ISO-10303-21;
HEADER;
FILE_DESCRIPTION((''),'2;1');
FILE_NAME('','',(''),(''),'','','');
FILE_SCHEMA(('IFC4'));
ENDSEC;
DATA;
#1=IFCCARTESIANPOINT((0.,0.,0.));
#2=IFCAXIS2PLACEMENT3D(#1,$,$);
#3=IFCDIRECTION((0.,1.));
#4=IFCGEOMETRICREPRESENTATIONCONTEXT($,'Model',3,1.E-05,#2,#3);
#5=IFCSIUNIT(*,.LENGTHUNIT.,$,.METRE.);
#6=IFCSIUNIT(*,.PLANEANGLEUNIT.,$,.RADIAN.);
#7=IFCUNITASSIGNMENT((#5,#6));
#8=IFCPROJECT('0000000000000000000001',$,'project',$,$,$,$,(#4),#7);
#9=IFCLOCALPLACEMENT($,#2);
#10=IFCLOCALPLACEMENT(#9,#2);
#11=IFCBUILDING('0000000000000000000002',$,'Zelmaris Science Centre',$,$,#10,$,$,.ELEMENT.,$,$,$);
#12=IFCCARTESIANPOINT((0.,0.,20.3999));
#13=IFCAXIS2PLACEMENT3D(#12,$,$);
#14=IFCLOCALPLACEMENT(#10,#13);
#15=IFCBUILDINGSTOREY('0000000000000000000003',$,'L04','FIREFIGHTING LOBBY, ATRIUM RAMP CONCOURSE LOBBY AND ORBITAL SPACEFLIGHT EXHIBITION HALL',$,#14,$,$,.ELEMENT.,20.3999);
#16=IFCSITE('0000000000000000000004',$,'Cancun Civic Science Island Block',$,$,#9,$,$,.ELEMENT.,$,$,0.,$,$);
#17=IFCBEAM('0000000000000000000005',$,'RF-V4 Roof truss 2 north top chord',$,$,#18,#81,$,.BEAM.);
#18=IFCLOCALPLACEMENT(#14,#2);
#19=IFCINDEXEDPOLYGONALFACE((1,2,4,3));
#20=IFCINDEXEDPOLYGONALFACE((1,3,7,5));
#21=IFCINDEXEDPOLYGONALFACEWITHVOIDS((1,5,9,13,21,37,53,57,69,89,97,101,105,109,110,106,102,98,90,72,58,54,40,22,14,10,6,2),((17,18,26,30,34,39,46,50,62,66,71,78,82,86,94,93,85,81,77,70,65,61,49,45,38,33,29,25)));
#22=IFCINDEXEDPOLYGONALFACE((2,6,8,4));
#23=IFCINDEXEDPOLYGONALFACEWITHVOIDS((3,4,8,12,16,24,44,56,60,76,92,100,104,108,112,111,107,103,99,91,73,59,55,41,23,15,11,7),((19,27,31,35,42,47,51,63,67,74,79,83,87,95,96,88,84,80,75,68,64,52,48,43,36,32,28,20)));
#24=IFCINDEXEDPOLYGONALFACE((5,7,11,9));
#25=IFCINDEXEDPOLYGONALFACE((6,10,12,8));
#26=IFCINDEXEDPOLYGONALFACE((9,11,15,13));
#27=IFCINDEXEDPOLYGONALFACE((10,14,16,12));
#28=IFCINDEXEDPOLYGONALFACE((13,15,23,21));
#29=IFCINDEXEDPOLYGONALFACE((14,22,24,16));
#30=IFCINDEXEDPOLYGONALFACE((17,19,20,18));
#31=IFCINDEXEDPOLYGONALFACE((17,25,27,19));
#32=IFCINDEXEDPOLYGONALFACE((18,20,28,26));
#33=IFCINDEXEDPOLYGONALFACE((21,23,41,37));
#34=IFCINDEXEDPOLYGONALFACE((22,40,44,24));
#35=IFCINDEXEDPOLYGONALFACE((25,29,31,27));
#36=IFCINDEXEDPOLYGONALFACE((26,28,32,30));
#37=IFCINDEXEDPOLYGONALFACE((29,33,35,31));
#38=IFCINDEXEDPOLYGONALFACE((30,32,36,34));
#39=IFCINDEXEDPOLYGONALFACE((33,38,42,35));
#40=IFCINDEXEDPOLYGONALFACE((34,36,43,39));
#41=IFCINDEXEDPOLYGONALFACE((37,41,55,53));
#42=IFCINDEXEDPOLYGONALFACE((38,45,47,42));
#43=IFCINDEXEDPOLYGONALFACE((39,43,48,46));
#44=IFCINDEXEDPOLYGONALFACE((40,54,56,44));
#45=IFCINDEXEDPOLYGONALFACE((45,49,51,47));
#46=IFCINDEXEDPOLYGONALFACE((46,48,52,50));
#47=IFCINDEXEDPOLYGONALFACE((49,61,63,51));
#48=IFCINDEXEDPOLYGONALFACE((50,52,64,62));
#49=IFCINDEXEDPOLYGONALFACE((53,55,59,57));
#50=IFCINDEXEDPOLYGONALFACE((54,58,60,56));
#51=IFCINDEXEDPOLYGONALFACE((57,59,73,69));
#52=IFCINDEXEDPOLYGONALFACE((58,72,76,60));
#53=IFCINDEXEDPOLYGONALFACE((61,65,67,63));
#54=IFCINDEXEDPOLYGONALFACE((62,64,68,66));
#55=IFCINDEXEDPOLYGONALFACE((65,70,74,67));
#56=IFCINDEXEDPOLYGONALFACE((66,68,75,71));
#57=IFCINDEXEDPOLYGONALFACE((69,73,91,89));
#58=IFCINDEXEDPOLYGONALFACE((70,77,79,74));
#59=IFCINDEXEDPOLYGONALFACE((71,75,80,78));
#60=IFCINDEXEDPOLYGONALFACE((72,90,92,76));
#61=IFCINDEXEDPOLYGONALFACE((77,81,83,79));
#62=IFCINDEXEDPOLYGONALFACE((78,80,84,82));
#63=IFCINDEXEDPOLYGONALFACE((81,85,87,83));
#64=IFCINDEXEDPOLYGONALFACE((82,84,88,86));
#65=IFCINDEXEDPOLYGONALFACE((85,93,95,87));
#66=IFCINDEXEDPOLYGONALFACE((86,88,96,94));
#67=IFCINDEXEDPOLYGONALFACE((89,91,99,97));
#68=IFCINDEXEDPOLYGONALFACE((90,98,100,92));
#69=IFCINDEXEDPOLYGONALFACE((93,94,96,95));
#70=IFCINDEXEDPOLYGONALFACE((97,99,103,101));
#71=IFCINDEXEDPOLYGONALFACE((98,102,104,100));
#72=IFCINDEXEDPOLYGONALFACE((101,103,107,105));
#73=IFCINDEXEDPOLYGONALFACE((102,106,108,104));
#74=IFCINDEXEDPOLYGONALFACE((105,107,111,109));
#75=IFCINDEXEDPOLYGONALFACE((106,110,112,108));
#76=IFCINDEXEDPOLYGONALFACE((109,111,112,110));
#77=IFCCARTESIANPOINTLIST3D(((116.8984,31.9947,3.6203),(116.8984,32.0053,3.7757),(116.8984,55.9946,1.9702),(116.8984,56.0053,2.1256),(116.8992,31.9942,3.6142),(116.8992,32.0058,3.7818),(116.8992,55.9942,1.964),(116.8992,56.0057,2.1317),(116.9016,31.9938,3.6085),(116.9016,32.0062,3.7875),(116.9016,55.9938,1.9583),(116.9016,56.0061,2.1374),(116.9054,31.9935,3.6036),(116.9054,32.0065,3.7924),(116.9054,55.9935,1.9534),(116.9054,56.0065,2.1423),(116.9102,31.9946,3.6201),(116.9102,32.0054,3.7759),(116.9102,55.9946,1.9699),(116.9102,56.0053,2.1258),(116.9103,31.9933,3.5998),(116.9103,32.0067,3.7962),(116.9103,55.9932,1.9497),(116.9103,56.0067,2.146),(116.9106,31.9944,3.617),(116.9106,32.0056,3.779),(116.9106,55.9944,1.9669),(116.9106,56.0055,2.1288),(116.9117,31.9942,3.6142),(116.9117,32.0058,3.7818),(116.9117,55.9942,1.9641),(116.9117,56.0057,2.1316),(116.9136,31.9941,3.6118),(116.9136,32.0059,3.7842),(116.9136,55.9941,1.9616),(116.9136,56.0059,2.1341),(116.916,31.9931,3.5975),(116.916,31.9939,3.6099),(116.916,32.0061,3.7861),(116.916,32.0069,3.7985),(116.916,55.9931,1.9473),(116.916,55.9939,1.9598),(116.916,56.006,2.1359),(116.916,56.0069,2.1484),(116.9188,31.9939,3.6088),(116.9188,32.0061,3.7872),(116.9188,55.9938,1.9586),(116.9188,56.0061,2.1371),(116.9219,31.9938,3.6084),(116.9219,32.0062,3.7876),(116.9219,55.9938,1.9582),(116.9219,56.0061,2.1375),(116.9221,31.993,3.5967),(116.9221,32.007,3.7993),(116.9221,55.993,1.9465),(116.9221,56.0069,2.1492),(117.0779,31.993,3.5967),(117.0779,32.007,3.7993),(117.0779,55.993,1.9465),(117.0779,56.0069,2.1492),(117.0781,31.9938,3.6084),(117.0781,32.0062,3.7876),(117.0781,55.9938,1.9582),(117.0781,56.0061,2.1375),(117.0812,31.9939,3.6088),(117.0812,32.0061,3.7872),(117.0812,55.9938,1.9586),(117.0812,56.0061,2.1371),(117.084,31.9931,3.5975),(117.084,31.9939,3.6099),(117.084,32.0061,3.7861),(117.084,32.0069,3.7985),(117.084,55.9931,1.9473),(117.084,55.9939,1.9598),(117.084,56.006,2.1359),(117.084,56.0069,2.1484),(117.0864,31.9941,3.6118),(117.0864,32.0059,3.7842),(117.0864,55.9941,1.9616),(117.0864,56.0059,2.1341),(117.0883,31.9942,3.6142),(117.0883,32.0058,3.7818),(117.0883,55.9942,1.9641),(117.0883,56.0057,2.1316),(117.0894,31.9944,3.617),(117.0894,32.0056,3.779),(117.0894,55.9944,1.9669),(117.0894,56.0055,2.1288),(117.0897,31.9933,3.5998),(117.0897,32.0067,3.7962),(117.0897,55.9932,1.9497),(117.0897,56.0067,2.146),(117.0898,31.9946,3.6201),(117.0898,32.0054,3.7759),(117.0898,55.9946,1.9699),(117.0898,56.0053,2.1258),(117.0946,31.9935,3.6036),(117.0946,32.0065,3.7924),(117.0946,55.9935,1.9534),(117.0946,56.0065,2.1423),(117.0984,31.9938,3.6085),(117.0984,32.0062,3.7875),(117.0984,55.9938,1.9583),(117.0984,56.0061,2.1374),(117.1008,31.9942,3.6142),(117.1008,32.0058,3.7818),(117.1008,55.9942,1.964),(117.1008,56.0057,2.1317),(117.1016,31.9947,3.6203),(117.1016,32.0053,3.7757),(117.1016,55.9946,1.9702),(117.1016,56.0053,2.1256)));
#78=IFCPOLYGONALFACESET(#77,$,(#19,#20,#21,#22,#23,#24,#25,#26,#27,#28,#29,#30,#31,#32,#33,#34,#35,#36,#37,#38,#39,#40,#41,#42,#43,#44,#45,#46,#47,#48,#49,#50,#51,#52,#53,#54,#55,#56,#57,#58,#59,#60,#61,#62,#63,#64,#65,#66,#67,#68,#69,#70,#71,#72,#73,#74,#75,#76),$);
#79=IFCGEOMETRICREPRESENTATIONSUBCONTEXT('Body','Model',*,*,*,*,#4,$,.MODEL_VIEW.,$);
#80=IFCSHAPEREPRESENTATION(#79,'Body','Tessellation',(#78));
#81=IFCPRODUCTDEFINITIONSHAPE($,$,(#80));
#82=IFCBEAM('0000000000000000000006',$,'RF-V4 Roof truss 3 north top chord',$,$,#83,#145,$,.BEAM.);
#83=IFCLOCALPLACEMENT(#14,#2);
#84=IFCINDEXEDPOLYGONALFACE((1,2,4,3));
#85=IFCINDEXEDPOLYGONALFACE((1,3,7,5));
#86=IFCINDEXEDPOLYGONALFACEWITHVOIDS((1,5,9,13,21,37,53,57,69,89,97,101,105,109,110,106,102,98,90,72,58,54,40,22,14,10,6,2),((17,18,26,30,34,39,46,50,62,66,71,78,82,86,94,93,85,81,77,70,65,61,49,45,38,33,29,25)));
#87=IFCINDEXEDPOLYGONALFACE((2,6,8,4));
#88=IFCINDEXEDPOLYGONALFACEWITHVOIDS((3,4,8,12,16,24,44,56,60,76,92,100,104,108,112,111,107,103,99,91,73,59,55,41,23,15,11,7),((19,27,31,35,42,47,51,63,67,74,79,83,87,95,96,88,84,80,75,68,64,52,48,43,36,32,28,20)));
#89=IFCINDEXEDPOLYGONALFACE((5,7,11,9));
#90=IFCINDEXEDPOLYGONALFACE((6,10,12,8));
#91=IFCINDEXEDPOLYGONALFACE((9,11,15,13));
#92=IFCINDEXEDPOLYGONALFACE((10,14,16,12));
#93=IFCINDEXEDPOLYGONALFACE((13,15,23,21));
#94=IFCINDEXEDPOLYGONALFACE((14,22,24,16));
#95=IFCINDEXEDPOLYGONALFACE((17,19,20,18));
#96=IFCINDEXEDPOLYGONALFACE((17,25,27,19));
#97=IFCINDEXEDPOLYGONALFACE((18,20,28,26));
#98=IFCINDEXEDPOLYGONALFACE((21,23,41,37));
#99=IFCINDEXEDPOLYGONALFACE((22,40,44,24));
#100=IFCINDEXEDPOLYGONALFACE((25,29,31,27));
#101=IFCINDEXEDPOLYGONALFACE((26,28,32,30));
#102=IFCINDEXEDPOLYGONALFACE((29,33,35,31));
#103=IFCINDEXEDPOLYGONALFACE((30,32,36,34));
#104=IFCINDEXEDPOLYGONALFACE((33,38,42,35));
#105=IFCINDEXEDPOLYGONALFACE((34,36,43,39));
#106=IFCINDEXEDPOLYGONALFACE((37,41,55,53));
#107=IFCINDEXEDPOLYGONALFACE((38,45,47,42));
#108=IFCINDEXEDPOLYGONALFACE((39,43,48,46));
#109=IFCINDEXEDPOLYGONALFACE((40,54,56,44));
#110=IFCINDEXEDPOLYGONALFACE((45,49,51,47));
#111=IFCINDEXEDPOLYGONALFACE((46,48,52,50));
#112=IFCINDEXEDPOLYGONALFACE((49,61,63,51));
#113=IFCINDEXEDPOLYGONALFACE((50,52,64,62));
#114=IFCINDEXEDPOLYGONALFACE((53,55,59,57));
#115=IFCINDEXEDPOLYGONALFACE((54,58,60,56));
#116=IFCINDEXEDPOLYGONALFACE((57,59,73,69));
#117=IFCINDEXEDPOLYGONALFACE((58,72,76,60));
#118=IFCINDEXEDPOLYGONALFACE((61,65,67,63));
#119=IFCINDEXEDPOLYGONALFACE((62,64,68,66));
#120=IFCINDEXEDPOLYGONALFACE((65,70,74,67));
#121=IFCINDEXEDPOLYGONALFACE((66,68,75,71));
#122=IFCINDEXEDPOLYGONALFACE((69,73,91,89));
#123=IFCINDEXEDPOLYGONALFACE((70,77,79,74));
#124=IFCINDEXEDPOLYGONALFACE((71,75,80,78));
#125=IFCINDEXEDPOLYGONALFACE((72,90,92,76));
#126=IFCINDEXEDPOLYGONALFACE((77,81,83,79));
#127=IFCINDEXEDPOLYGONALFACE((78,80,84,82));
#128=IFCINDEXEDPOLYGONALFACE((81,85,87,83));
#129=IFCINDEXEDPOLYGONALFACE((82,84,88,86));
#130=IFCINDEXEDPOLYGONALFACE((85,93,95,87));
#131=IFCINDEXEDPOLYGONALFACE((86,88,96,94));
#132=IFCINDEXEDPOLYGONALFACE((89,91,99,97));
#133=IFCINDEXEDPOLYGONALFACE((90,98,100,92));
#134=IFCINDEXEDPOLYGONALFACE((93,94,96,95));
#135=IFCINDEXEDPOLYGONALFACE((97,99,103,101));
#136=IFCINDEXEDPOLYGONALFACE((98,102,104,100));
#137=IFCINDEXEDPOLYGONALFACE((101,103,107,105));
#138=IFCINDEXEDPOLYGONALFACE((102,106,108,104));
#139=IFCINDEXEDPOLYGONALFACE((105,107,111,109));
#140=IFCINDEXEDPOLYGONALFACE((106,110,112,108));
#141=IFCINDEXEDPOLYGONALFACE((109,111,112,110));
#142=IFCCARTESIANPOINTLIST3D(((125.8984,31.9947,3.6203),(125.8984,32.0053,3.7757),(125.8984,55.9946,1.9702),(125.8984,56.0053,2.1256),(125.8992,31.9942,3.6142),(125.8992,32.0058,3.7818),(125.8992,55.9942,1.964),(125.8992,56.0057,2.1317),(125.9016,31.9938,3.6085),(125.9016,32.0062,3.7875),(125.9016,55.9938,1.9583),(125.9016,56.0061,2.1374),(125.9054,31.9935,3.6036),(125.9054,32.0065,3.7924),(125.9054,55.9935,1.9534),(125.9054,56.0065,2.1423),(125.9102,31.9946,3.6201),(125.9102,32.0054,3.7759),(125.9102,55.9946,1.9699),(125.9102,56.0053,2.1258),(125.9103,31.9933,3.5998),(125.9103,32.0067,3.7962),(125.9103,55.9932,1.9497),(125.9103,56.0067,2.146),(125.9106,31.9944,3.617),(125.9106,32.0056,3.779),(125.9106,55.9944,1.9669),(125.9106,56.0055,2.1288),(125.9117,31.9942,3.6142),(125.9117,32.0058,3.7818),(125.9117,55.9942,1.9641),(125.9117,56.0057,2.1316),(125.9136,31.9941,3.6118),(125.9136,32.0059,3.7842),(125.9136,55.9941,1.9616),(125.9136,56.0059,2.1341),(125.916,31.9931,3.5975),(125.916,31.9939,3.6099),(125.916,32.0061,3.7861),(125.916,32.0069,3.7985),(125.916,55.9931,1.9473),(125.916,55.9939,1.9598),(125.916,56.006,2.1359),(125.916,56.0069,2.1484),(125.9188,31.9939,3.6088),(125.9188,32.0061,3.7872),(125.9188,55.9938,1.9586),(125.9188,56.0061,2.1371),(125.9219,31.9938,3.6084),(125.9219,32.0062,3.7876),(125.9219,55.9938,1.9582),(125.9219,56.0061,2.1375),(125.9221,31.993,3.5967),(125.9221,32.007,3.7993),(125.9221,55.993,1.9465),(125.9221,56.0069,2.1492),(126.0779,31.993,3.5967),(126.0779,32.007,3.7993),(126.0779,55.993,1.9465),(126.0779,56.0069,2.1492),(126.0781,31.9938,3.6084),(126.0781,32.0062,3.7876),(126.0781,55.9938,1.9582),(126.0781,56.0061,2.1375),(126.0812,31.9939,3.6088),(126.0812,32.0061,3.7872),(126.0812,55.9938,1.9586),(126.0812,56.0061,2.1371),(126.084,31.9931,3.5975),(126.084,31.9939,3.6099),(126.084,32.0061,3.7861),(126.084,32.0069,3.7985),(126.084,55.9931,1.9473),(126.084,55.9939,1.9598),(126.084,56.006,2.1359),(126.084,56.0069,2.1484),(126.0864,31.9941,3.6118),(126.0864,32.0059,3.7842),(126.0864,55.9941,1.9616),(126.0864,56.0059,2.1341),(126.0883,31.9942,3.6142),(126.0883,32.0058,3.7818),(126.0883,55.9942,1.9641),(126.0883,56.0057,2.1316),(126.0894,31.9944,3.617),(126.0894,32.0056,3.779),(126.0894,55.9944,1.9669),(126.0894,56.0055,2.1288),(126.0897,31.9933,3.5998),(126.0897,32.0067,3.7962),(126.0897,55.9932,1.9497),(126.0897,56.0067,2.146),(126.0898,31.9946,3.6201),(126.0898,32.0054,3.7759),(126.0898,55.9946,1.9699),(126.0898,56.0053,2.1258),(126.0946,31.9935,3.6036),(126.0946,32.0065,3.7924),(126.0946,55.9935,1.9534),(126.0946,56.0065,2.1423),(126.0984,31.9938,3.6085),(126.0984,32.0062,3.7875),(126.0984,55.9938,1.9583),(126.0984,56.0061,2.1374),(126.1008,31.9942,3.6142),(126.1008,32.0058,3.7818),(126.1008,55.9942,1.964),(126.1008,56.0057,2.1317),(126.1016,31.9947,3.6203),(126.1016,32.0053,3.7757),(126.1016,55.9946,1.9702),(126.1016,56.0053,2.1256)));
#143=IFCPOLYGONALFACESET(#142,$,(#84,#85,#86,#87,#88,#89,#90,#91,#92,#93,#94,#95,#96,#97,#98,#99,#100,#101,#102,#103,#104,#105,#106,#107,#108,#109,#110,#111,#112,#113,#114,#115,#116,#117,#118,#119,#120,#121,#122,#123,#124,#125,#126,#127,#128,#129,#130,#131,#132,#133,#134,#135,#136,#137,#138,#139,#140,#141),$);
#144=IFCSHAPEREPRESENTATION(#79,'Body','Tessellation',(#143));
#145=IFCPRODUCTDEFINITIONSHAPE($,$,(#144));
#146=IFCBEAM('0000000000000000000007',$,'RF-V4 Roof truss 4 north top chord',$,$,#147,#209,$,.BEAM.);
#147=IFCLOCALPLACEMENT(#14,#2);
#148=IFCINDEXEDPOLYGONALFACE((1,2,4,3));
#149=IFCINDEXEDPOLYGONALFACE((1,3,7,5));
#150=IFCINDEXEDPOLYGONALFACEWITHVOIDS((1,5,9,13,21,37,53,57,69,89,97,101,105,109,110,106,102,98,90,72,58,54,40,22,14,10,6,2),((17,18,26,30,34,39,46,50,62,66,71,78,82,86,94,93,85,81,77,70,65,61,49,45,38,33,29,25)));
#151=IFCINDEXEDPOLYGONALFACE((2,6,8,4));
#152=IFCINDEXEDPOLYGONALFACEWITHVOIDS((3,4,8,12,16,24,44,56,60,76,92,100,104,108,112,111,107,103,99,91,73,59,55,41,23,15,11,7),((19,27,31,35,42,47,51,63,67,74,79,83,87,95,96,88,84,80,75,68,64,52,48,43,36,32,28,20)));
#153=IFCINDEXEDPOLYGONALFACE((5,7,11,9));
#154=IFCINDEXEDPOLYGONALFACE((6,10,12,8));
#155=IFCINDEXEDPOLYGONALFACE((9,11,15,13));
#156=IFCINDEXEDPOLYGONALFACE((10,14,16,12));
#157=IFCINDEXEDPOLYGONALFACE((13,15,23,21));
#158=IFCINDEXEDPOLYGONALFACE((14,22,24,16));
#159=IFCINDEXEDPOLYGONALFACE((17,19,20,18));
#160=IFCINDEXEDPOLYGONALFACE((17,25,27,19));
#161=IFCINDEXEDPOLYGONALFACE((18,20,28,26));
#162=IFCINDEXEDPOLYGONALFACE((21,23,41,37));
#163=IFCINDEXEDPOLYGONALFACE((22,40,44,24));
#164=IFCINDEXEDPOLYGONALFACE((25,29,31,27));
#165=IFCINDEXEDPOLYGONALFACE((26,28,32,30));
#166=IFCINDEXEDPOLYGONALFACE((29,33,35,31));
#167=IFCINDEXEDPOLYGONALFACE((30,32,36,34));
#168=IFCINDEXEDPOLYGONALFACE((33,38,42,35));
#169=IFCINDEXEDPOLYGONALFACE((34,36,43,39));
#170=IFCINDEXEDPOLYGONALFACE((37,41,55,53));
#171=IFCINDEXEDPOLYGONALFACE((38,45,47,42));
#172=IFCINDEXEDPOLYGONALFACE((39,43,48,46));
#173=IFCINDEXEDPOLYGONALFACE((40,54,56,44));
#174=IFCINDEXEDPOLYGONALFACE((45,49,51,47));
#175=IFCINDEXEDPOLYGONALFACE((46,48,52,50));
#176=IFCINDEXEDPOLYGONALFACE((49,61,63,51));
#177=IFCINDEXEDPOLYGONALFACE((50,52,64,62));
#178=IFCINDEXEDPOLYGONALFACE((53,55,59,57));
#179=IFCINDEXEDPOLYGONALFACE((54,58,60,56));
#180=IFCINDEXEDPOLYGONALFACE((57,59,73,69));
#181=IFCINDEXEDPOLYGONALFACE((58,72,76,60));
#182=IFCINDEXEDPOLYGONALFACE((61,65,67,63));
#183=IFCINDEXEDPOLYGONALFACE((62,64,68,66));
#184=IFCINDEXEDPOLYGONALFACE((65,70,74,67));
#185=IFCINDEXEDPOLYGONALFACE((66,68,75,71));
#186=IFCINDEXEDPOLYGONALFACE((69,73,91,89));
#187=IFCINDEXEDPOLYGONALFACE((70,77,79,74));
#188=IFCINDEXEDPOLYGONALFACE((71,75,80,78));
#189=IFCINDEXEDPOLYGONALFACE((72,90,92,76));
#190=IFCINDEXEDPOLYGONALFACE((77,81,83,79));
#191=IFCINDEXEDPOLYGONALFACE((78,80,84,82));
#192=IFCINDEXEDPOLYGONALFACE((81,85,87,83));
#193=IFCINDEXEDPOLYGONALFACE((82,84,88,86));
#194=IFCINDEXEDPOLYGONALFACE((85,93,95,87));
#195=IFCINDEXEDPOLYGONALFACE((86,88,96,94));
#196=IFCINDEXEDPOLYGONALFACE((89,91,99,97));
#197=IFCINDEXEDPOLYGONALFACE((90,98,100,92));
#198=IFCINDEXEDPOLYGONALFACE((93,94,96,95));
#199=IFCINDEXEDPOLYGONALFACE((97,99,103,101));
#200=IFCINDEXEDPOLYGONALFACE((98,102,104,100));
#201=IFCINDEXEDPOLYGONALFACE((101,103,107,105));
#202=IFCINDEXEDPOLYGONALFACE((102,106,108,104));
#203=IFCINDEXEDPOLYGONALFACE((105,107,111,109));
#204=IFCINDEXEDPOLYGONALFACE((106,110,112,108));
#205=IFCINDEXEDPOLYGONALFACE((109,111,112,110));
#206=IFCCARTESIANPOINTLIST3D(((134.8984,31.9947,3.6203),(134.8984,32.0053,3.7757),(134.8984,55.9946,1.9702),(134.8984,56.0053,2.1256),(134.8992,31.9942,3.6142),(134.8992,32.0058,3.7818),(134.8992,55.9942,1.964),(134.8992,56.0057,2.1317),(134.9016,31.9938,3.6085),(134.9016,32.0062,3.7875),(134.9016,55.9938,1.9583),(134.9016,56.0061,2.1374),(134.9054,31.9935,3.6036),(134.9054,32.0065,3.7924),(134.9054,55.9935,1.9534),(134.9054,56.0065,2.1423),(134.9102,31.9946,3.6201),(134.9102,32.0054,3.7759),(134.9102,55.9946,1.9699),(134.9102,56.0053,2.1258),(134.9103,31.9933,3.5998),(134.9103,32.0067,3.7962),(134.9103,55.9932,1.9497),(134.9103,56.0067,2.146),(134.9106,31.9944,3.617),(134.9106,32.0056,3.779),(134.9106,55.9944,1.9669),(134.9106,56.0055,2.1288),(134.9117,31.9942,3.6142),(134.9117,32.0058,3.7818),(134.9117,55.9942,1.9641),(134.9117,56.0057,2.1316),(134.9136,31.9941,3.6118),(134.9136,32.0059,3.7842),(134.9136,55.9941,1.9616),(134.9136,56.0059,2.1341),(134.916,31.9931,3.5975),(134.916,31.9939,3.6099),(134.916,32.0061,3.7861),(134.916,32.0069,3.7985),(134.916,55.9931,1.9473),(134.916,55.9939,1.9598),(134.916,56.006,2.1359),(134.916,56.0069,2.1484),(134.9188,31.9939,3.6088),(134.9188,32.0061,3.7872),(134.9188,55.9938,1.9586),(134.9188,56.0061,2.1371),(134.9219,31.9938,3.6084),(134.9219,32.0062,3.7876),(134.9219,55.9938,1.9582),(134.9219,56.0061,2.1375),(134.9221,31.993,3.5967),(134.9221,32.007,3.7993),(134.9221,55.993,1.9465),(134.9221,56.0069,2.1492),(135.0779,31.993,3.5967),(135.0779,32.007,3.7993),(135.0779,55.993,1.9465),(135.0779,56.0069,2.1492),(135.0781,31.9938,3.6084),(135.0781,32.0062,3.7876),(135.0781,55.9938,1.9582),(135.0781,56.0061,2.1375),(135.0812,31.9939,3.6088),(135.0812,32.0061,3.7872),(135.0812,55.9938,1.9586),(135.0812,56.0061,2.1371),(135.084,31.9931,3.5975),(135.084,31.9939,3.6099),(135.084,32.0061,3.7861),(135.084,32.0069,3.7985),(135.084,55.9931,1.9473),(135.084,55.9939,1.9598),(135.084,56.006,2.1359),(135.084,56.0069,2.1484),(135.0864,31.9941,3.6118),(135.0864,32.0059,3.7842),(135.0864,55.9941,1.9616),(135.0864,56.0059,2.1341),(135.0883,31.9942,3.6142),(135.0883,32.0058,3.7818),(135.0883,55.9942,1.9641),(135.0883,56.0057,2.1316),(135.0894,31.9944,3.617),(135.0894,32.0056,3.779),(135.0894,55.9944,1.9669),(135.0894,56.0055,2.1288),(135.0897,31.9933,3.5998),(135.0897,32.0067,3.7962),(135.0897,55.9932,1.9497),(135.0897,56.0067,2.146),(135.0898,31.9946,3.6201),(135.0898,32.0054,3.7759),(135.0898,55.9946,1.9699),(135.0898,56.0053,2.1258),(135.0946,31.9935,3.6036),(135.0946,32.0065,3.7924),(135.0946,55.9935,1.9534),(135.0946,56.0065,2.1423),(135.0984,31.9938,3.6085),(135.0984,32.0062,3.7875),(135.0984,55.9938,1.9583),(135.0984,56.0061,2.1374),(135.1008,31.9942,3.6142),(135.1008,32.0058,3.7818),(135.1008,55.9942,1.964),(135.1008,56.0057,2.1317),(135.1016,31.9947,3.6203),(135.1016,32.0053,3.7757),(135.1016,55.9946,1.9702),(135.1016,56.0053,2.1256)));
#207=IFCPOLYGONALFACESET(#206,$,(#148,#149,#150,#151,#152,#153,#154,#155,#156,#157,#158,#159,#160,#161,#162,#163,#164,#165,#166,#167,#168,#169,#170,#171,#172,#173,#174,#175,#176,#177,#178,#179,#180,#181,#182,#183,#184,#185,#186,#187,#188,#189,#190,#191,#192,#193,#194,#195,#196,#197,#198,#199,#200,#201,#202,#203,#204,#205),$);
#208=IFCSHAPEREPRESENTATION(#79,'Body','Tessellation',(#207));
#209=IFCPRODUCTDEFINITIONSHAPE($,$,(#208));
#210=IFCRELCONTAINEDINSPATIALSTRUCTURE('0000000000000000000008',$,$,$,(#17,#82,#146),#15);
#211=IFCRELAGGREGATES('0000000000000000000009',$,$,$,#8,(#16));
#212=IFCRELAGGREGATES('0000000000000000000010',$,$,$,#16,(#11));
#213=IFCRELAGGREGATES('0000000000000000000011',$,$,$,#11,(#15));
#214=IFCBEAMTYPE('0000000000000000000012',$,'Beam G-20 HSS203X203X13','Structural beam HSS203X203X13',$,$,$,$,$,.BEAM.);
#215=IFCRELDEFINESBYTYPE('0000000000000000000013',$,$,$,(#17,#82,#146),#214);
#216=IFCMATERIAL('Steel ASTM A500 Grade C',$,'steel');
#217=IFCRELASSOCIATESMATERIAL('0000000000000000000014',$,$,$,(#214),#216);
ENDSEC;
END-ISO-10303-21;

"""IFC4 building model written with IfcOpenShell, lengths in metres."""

from ifc_helpers import new_model, si_unit, direction, frame, origin, origin_2d, place, context, subcontext, project, spatial, hollow_rectangle, extrude, material, material_profile, profile_set, type_object, element, save


model = new_model("IFC4")

# Units and contexts
model_context = context("Model", 3, precision=1e-05, world=origin(), true_north=direction((0.0, 1.0)))
body_context = subcontext(model_context, "Body", "Model", "MODEL_VIEW")
ifc_project = project(units=[si_unit("LENGTHUNIT", "METRE"), si_unit("PLANEANGLEUNIT", "RADIAN")], contexts=[model_context])

# Site, building, storey
site_placement = place(None, origin())
site = spatial("IfcSite", under=ifc_project, at=site_placement, Name="Cancun Civic Science Island Block", CompositionType="ELEMENT", RefElevation=0.0)
building_placement = place(site_placement, origin())
building = spatial("IfcBuilding", under=site, at=building_placement, Name="Zelmaris Science Centre", CompositionType="ELEMENT")
storey_placement = place(building_placement, frame((0.0, 0.0, 20.3999)))
storey = spatial("IfcBuildingStorey", under=building, at=storey_placement, Name="L04", Description="FIREFIGHTING LOBBY, ATRIUM RAMP CONCOURSE LOBBY AND ORBITAL SPACEFLIGHT EXHIBITION HALL", CompositionType="ELEMENT", Elevation=20.3999)

# Beams
ifc_material = material(Name="Steel ASTM A500 Grade C", Category="steel")
ifc_material_profile_1 = material_profile(ifc_material, hollow_rectangle(XDim=0.2031, YDim=0.2031, WallThickness=0.0117, InnerFilletRadius=0.0117, OuterFilletRadius=0.0237, at=origin_2d()), Name="HSS203X203X13")
ifc_profile_set_1 = profile_set([ifc_material_profile_1], Name="Steel ASTM A500 Grade C")
beam_type_1 = type_object("IfcBeamType", Name="Beam G-20 HSS203X203X13", Description="Structural beam HSS203X203X13", PredefinedType="BEAM", material=ifc_profile_set_1)
for number, where, z_axis, x_axis, name in (
    (1, (117.0, 32.0, 3.698), (0.0, 0.997645, -0.068594), (-1.0, 0.0, 0.0), "RF-V4 Roof truss 2 north top chord"),
    (2, (126.0, 32.0, 3.698), (0.0, 0.997645, -0.068594), (-1.0, 0.0, 0.0), "RF-V4 Roof truss 3 north top chord"),
    (3, (135.0, 32.0, 3.698), (0.0, 0.997645, -0.068594), (-1.0, 0.0, 0.0), "RF-V4 Roof truss 4 north top chord"),
):
    element("IfcBeam", number, at=place(storey_placement, frame(where, z_axis=z_axis, x_axis=x_axis)), inside=storey, type_object=beam_type_1, Name=name, PredefinedType="BEAM", context=body_context, shape_type="SweptSolid", body=[
        extrude(hollow_rectangle(XDim=0.2031, YDim=0.2031, WallThickness=0.0117, InnerFilletRadius=0.0117, OuterFilletRadius=0.0237, at=origin_2d()), origin(), (0.0, 0.0, 1.0), 24.0566),
    ])

save(model, "model.ifc")
